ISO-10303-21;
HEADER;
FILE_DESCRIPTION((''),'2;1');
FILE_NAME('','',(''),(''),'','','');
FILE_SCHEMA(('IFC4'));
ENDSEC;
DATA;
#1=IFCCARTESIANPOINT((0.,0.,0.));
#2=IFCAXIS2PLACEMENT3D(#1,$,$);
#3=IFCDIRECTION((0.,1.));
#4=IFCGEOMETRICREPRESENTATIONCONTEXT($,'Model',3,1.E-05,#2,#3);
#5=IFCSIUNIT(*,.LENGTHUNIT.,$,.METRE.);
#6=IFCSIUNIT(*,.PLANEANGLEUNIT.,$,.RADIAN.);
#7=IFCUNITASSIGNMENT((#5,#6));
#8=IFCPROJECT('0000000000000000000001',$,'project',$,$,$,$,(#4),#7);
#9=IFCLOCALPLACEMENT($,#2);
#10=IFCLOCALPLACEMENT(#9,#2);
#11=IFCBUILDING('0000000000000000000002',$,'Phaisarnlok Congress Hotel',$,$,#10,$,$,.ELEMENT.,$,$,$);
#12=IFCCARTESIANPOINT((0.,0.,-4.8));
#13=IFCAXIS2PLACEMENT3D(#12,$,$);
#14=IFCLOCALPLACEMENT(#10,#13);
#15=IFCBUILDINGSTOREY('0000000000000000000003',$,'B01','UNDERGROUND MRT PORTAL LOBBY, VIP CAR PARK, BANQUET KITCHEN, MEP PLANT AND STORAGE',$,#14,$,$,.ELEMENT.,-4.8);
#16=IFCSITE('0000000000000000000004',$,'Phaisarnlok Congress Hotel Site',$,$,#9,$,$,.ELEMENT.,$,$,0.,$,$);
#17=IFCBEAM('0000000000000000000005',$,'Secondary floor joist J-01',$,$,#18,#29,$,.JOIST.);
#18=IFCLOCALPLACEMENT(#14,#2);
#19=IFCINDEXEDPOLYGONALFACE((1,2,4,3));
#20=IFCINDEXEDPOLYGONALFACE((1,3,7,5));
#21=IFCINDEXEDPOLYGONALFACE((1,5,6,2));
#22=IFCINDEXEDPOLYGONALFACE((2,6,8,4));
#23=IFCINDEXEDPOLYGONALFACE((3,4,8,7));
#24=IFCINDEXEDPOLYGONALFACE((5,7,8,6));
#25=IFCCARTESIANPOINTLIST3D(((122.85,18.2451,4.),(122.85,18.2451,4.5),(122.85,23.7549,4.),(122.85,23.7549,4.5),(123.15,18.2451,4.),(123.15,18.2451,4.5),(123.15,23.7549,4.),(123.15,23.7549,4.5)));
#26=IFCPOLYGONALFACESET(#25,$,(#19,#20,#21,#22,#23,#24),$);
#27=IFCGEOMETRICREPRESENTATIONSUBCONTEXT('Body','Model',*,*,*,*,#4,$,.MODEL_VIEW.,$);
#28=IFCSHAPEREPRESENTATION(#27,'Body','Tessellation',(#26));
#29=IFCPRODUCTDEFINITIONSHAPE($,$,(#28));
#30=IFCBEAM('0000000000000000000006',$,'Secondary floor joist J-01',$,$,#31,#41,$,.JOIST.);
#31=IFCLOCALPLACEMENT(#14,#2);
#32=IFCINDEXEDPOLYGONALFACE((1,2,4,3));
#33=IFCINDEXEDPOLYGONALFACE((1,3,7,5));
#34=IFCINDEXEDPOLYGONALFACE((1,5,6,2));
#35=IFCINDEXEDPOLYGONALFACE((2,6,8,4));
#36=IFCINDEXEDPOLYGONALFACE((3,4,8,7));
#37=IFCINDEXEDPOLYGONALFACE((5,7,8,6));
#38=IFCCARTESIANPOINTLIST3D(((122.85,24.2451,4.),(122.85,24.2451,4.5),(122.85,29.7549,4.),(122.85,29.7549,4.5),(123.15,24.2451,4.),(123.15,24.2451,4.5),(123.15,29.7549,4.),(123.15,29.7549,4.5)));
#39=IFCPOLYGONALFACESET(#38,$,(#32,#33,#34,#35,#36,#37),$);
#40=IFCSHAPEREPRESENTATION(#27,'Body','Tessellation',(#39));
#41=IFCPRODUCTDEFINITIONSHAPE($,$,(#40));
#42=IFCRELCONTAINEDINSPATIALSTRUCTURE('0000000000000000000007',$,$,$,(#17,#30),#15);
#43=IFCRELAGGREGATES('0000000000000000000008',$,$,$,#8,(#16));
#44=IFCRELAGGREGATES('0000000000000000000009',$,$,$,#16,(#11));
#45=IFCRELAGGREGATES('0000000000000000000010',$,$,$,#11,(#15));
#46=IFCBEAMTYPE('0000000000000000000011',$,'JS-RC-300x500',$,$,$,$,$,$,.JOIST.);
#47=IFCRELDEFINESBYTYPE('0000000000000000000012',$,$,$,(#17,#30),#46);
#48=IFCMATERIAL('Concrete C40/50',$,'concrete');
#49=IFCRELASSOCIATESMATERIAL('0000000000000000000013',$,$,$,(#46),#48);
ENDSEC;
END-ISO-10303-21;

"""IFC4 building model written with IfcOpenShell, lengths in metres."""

from ifc_helpers import new_model, si_unit, direction, frame, origin, origin_2d, place, context, subcontext, project, spatial, rectangle, extrude, material, material_profile, profile_set, type_object, element, save


model = new_model("IFC4")

# Units and contexts
model_context = context("Model", 3, precision=1e-05, world=origin(), true_north=direction((0.0, 1.0)))
body_context = subcontext(model_context, "Body", "Model", "MODEL_VIEW")
ifc_project = project(units=[si_unit("LENGTHUNIT", "METRE"), si_unit("PLANEANGLEUNIT", "RADIAN")], contexts=[model_context])

# Site, building, storey
site_placement = place(None, origin())
site = spatial("IfcSite", under=ifc_project, at=site_placement, Name="Phaisarnlok Congress Hotel Site", CompositionType="ELEMENT", RefElevation=0.0)
building_placement = place(site_placement, origin())
building = spatial("IfcBuilding", under=site, at=building_placement, Name="Phaisarnlok Congress Hotel", CompositionType="ELEMENT")
storey_placement = place(building_placement, frame((0.0, 0.0, -4.8)))
storey = spatial("IfcBuildingStorey", under=building, at=storey_placement, Name="B01", Description="UNDERGROUND MRT PORTAL LOBBY, VIP CAR PARK, BANQUET KITCHEN, MEP PLANT AND STORAGE", CompositionType="ELEMENT", Elevation=-4.8)

# Shared definitions
ifc_material_1 = material(Name="Concrete C40/50", Category="concrete")

# Beams
ifc_material_profile_1 = material_profile(ifc_material_1, rectangle(XDim=0.3, YDim=0.5, at=origin_2d()), Name="RC 300x500")
ifc_profile_set_1 = profile_set([ifc_material_profile_1], Name="Concrete C40/50")
beam_type_1 = type_object("IfcBeamType", Name="JS-RC-300x500", PredefinedType="JOIST", material=ifc_profile_set_1)
for number, where, z_axis, x_axis, name in (
    (1, (123.0, 18.2451, 4.25), (0.0, 1.0, 0.0), (-1.0, 0.0, 0.0), "Secondary floor joist J-01"),
    (2, (123.0, 24.2451, 4.25), (0.0, 1.0, 0.0), (-1.0, 0.0, 0.0), "Secondary floor joist J-01"),
):
    element("IfcBeam", number, at=place(storey_placement, frame(where, z_axis=z_axis, x_axis=x_axis)), inside=storey, type_object=beam_type_1, Name=name, PredefinedType="JOIST", context=body_context, shape_type="SweptSolid", body=[
        extrude(rectangle(XDim=0.3, YDim=0.5, at=origin_2d()), origin(), (0.0, 0.0, 1.0), 5.5098),
    ])

save(model, "model.ifc")
